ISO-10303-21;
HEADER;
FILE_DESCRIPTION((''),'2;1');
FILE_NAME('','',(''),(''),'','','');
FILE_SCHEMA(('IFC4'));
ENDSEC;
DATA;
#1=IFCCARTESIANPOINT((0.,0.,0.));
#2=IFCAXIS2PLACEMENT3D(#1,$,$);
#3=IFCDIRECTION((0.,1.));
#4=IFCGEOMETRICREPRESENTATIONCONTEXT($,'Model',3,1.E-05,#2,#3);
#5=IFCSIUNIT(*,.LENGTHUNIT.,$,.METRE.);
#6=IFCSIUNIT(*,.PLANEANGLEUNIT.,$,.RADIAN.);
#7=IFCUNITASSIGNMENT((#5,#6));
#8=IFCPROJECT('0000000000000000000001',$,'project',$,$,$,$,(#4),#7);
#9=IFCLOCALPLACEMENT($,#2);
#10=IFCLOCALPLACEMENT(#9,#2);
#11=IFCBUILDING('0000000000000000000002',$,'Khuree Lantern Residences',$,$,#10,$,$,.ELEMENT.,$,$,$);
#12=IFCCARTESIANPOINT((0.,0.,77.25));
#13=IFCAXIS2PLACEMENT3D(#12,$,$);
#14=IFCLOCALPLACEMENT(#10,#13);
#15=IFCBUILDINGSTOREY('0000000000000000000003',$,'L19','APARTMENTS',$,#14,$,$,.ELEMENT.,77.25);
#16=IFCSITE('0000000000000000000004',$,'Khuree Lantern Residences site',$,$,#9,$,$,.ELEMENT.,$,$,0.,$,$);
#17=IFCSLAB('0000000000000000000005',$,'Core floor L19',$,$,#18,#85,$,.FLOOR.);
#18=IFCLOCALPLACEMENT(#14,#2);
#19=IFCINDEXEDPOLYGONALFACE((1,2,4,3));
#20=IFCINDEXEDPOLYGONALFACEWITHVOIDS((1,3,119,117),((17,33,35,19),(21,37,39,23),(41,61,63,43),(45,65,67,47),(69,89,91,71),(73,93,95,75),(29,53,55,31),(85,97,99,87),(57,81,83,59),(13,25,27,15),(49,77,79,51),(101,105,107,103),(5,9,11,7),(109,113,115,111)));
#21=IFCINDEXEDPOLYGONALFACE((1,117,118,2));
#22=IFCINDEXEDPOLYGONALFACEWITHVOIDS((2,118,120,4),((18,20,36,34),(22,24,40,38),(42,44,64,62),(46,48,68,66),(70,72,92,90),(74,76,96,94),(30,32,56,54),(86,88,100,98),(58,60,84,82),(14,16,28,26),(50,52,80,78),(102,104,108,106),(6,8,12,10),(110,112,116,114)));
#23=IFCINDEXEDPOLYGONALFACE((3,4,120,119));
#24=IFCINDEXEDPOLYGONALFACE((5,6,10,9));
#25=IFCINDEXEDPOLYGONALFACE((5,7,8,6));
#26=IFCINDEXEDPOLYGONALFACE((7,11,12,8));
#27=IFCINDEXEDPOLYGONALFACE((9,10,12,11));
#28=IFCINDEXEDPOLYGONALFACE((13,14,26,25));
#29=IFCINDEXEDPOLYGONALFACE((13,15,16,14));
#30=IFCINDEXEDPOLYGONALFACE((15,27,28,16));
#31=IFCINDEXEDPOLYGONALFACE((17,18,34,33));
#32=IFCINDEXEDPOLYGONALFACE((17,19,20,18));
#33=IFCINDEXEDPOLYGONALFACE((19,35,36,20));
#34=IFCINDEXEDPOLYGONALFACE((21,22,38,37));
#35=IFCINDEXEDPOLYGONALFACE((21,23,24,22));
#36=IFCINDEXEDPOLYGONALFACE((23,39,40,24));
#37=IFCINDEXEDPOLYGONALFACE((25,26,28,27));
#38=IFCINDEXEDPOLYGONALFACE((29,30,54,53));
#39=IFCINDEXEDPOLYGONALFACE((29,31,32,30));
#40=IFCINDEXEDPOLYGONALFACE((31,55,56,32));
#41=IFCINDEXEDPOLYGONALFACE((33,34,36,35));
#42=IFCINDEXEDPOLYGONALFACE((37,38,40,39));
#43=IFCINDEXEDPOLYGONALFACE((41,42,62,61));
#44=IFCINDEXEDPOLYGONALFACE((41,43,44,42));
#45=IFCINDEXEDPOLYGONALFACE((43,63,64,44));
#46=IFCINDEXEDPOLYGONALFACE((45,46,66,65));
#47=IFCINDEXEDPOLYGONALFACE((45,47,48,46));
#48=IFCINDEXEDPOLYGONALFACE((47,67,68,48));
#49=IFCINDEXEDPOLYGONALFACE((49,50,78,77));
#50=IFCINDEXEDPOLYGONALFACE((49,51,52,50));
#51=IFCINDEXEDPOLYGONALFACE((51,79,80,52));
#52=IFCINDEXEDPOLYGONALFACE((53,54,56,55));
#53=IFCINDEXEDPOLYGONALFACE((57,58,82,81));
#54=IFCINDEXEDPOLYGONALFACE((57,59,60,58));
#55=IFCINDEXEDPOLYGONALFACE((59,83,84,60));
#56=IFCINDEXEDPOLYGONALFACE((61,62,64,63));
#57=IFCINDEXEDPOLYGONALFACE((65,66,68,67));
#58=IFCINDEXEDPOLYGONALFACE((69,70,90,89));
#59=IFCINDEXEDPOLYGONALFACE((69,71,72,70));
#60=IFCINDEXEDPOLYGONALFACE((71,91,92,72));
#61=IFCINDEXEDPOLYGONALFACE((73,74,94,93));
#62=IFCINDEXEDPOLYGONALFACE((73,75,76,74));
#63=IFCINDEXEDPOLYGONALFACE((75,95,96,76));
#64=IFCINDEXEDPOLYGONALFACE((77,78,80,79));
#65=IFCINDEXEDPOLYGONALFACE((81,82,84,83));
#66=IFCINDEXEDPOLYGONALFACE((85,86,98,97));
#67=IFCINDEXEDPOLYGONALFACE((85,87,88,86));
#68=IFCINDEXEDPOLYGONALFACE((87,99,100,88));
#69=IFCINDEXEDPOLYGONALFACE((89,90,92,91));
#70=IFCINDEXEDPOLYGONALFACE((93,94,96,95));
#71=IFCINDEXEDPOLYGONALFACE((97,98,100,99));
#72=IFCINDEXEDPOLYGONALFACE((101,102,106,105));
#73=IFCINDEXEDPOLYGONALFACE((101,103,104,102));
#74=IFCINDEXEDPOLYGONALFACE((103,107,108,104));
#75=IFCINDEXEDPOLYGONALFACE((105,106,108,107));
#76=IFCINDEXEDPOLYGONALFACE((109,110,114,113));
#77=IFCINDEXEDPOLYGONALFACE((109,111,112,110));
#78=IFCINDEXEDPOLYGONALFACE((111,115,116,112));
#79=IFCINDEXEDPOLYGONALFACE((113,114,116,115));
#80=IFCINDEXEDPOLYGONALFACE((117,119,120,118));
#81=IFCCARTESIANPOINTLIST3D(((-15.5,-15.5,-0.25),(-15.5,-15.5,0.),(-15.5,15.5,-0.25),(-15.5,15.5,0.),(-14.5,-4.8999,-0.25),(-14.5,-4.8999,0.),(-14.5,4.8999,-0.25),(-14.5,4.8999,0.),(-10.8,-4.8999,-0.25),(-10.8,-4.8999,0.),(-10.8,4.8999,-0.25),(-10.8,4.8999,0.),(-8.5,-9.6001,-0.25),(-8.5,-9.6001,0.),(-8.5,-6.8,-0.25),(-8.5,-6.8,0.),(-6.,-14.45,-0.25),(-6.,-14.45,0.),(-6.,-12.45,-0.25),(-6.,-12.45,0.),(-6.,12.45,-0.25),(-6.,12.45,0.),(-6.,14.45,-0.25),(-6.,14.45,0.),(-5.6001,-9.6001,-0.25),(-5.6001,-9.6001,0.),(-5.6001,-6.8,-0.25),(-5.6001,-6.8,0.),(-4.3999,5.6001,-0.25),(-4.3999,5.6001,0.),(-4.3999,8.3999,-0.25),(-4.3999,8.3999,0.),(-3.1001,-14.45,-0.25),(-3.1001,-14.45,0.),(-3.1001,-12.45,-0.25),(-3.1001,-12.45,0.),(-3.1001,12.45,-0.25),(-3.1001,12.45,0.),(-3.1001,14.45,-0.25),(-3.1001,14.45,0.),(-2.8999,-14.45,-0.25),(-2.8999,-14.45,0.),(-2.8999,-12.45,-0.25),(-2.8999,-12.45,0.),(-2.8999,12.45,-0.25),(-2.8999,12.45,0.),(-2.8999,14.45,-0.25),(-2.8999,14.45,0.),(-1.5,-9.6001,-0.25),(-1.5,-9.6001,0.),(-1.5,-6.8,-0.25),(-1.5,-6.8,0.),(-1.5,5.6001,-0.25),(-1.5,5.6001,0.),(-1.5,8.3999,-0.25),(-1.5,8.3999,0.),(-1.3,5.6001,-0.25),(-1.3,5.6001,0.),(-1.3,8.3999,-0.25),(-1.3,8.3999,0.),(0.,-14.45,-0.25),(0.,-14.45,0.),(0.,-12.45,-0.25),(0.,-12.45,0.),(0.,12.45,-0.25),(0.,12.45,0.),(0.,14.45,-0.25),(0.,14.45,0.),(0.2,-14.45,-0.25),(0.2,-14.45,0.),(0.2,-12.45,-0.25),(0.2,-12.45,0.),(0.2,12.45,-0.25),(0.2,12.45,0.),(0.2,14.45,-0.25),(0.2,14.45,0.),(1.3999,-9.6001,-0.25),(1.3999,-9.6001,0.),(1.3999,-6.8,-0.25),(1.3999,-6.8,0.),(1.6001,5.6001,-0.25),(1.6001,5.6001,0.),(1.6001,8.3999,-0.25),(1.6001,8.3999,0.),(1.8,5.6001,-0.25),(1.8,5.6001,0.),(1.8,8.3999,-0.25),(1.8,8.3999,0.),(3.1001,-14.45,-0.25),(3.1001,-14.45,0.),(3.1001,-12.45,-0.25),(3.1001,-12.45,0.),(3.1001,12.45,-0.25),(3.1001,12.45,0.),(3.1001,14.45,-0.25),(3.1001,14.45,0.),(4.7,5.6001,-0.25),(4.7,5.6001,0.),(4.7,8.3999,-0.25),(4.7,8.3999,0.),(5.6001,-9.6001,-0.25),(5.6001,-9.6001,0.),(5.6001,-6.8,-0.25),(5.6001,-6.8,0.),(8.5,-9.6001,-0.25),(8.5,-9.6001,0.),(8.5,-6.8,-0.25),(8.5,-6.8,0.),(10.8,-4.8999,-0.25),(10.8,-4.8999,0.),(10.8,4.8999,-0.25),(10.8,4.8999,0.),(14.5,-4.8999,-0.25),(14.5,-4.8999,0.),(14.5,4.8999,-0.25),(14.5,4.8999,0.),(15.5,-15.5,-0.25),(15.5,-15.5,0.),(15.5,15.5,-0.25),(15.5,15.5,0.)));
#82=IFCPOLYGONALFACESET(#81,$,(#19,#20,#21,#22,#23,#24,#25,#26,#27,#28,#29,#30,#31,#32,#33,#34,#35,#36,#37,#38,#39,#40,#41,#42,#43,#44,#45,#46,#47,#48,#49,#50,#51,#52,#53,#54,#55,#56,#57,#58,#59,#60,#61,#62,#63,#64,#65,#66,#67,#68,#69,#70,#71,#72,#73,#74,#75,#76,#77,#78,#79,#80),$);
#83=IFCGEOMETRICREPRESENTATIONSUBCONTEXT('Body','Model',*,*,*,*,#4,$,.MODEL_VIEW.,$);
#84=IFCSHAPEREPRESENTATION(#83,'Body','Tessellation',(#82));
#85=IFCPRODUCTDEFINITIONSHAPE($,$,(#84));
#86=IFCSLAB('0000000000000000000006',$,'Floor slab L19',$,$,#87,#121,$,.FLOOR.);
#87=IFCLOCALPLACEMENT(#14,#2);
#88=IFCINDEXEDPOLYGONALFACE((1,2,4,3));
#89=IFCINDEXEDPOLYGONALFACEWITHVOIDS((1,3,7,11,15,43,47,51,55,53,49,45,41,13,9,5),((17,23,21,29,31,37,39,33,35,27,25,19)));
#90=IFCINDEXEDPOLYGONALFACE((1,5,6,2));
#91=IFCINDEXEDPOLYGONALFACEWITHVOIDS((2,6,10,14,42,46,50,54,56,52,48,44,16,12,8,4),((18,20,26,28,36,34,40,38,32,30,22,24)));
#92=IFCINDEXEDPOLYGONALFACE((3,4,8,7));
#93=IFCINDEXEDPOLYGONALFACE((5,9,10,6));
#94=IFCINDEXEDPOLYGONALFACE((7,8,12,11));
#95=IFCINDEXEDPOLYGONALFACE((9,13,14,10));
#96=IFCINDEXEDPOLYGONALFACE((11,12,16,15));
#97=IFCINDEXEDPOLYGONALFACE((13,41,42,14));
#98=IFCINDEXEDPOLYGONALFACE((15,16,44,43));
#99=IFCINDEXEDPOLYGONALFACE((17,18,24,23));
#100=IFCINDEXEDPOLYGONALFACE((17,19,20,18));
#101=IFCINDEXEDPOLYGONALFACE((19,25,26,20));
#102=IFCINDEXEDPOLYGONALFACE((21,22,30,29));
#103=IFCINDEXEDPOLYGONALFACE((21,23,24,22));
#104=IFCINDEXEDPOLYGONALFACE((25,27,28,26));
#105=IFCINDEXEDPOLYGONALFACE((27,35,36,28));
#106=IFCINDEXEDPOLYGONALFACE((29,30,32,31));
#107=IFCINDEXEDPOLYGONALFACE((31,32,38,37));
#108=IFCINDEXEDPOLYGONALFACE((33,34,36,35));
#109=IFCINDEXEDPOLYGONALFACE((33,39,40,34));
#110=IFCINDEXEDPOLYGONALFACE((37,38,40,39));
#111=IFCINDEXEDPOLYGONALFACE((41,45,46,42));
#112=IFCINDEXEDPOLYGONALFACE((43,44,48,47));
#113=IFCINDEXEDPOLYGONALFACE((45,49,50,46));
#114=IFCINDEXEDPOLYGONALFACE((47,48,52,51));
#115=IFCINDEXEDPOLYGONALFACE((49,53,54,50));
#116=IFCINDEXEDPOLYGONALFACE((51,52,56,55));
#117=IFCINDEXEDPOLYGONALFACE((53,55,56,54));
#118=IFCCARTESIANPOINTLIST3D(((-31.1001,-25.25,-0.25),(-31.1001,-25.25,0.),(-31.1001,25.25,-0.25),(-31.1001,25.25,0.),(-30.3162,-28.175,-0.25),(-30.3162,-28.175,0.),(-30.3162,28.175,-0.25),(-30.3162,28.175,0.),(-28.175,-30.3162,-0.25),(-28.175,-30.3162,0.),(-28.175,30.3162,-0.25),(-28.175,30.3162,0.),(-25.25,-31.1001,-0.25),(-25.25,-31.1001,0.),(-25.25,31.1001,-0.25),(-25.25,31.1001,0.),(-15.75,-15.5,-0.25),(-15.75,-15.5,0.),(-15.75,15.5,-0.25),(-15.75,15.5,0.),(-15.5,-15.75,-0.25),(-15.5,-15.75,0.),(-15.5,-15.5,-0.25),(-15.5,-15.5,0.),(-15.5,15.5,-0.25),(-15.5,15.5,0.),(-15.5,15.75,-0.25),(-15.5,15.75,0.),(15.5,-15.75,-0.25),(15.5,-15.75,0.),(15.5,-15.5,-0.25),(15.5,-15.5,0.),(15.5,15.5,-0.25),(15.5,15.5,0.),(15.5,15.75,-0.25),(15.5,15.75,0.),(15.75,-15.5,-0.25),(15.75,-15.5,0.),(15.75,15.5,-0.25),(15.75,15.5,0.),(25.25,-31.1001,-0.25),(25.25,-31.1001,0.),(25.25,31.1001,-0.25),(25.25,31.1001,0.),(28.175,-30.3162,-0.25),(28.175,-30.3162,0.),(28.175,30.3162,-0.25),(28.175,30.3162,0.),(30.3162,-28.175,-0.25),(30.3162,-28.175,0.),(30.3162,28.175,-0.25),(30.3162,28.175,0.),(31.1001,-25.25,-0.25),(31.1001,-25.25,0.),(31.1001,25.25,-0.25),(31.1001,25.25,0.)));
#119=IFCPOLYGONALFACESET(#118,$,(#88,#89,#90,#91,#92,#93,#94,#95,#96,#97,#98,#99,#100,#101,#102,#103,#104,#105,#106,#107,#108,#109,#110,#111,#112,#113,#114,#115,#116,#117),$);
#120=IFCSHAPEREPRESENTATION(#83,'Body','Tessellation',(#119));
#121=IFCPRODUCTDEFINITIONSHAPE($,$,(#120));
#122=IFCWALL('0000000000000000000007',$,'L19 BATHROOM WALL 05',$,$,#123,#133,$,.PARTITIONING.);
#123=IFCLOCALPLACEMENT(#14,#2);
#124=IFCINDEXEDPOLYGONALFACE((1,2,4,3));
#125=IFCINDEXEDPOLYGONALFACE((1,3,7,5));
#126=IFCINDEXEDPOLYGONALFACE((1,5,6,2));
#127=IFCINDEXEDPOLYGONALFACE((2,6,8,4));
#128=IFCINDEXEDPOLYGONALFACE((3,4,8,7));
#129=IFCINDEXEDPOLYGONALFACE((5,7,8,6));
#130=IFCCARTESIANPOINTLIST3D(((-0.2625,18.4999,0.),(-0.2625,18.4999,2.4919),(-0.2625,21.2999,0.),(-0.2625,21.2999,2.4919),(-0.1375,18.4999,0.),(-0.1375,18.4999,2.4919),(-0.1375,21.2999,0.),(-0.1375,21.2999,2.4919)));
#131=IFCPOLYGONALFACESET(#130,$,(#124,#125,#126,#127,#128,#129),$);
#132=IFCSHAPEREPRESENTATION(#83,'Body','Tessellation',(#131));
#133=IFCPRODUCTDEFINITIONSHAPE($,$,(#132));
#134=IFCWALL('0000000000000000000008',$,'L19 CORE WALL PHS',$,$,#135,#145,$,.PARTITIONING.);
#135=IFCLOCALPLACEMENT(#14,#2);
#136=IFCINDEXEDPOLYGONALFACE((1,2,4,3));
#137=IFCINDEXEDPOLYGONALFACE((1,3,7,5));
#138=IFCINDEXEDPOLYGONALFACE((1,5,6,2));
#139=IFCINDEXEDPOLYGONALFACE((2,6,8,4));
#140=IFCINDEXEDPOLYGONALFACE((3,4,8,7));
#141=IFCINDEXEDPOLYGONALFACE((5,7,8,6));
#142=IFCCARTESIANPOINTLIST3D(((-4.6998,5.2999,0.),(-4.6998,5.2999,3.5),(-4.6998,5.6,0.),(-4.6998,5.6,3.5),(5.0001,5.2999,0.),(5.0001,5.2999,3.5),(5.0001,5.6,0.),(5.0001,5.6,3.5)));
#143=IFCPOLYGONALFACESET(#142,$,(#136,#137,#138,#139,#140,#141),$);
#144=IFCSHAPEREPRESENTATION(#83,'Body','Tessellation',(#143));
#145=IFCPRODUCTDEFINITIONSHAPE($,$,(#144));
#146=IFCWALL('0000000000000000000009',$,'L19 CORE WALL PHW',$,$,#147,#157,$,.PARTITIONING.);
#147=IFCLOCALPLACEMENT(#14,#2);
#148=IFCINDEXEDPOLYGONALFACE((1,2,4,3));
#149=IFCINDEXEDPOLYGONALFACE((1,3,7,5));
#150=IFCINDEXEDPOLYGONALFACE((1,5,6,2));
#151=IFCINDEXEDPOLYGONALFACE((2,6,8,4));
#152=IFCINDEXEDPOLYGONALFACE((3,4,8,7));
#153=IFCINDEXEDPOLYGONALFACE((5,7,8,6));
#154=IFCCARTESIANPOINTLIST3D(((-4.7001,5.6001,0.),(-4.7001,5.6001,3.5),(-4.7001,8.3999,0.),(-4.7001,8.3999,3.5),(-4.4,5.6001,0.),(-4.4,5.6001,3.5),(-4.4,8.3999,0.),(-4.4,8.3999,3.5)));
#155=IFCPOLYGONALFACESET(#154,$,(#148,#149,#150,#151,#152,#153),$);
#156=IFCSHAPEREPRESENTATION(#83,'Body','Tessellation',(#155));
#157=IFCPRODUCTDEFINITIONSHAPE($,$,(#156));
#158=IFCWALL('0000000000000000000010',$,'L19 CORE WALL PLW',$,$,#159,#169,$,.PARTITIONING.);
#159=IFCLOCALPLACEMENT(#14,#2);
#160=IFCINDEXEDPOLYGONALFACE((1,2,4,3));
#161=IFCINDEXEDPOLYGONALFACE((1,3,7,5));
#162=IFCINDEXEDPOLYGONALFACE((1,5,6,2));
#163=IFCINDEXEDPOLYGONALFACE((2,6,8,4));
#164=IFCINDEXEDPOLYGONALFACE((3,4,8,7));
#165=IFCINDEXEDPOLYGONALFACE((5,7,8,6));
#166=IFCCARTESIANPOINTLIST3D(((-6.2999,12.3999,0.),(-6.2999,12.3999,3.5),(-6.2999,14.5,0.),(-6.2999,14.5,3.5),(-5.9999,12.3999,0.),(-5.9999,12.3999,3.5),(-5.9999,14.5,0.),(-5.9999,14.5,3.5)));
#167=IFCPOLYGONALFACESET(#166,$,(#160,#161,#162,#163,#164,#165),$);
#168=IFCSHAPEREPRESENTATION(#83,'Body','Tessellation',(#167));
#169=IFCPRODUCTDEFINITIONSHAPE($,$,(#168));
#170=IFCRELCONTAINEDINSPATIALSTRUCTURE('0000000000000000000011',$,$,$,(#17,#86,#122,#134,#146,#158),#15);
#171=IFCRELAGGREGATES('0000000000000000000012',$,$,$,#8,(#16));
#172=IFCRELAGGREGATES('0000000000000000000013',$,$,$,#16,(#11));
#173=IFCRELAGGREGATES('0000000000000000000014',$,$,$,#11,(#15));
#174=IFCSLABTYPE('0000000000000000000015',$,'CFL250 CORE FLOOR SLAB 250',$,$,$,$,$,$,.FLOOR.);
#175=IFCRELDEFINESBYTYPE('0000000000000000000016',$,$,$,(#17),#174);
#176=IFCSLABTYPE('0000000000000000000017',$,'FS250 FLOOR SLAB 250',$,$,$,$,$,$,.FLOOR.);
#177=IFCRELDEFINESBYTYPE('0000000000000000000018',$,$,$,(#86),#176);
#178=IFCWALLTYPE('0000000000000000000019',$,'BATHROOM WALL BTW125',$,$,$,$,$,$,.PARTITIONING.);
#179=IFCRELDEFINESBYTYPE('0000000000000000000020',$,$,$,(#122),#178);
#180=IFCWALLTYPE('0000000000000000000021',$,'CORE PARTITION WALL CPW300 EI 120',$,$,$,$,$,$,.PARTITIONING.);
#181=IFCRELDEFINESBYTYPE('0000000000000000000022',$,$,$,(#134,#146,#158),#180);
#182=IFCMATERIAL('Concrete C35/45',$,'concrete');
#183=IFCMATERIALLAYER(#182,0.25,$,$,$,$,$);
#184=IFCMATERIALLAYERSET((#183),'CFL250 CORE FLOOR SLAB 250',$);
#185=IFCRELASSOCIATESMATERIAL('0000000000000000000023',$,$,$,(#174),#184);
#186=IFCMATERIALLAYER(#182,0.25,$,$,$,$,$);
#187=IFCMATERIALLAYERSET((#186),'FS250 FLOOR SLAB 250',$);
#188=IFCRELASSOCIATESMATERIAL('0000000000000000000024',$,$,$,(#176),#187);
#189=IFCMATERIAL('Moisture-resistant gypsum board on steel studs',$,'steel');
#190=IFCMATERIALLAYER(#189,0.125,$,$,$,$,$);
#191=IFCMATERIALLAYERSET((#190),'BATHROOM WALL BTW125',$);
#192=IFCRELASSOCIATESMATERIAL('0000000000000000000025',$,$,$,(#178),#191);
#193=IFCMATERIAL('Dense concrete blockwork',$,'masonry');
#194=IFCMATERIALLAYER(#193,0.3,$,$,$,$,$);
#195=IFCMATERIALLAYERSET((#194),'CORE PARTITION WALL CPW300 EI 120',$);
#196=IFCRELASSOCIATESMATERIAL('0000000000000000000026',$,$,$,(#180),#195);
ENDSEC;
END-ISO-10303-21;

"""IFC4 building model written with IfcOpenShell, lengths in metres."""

from ifc_helpers import new_model, si_unit, direction, frame, frame_2d, origin, place, context, subcontext, project, spatial, polyline, rectangle, outline, extrude, material, layer, layer_set, type_object, element, save


model = new_model("IFC4")

# Units and contexts
model_context = context("Model", 3, precision=1e-05, world=origin(), true_north=direction((0.0, 1.0)))
body_context = subcontext(model_context, "Body", "Model", "MODEL_VIEW")
ifc_project = project(units=[si_unit("LENGTHUNIT", "METRE"), si_unit("PLANEANGLEUNIT", "RADIAN")], contexts=[model_context])

# Site, building, storey
site_placement = place(None, origin())
site = spatial("IfcSite", under=ifc_project, at=site_placement, Name="Khuree Lantern Residences site", CompositionType="ELEMENT", RefElevation=0.0)
building_placement = place(site_placement, origin())
building = spatial("IfcBuilding", under=site, at=building_placement, Name="Khuree Lantern Residences", CompositionType="ELEMENT")
storey_placement = place(building_placement, frame((0.0, 0.0, 77.25)))
storey = spatial("IfcBuildingStorey", under=building, at=storey_placement, Name="L19", Description="APARTMENTS", CompositionType="ELEMENT", Elevation=77.25)

# Slabs
ifc_material_1 = material(Name="Concrete C35/45", Category="concrete")
ifc_layer_1 = layer(ifc_material_1, 0.25)
ifc_layer_set_1 = layer_set([ifc_layer_1], Name="CFL250 CORE FLOOR SLAB 250")
slab_type_1 = type_object("IfcSlabType", Name="CFL250 CORE FLOOR SLAB 250", PredefinedType="FLOOR", material=ifc_layer_set_1)
slab_1_placement = place(storey_placement, frame((0.0, 0.0, -0.25)))
element("IfcSlab", 1, at=slab_1_placement, inside=storey, type_object=slab_type_1, Name="Core floor L19", PredefinedType="FLOOR", context=body_context, shape_type="SweptSolid", body=[
    extrude(outline(polyline([(-15.5, -15.5), (-15.5, 15.5), (15.5, 15.5), (15.5, -15.5), (-15.5, -15.5)]), holes=[polyline([(14.5, 4.8999), (10.8, 4.8999), (10.8, -4.8999), (14.5, -4.8999), (14.5, 4.8999)]), polyline([(8.5, -6.8), (5.6001, -6.8), (5.6001, -9.6001), (8.5, -9.6001), (8.5, -6.8)]), polyline([(4.7, 8.3999), (1.8, 8.3999), (1.8, 5.6001), (4.7, 5.6001), (4.7, 8.3999)]), polyline([(0.2, -12.45), (0.2, -14.45), (3.1001, -14.45), (3.1001, -12.45), (0.2, -12.45)]), polyline([(3.1001, 14.45), (0.2, 14.45), (0.2, 12.45), (3.1001, 12.45), (3.1001, 14.45)]), polyline([(1.6001, 8.3999), (-1.3, 8.3999), (-1.3, 5.6001), (1.6001, 5.6001), (1.6001, 8.3999)]), polyline([(1.3999, -6.8), (-1.5, -6.8), (-1.5, -9.6001), (1.3999, -9.6001), (1.3999, -6.8)]), polyline([(0.0, -12.45), (-2.8999, -12.45), (-2.8999, -14.45), (0.0, -14.45), (0.0, -12.45)]), polyline([(0.0, 14.45), (-2.8999, 14.45), (-2.8999, 12.45), (0.0, 12.45), (0.0, 14.45)]), polyline([(-1.5, 8.3999), (-4.3999, 8.3999), (-4.3999, 5.6001), (-1.5, 5.6001), (-1.5, 8.3999)]), polyline([(-6.0, -12.45), (-6.0, -14.45), (-3.1001, -14.45), (-3.1001, -12.45), (-6.0, -12.45)]), polyline([(-3.1001, 14.45), (-6.0, 14.45), (-6.0, 12.45), (-3.1001, 12.45), (-3.1001, 14.45)]), polyline([(-5.6001, -6.8), (-8.5, -6.8), (-8.5, -9.6001), (-5.6001, -9.6001), (-5.6001, -6.8)]), polyline([(-10.8, 4.8999), (-14.5, 4.8999), (-14.5, -4.8999), (-10.8, -4.8999), (-10.8, 4.8999)])]), origin(), (0.0, 0.0, 1.0), 0.25),
])
ifc_layer_2 = layer(ifc_material_1, 0.25)
ifc_layer_set_2 = layer_set([ifc_layer_2], Name="FS250 FLOOR SLAB 250")
slab_type_2 = type_object("IfcSlabType", Name="FS250 FLOOR SLAB 250", PredefinedType="FLOOR", material=ifc_layer_set_2)
slab_2_placement = place(storey_placement, frame((0.0, 0.0, -0.25)))
element("IfcSlab", 2, at=slab_2_placement, inside=storey, type_object=slab_type_2, Name="Floor slab L19", PredefinedType="FLOOR", context=body_context, shape_type="SweptSolid", body=[
    extrude(outline(polyline([(-28.175, -30.3162), (-30.3162, -28.175), (-31.1001, -25.25), (-31.1001, 25.25), (-30.3162, 28.175), (-28.175, 30.3162), (-25.25, 31.1001), (25.25, 31.1001), (28.175, 30.3162), (30.3162, 28.175), (31.1001, 25.25), (31.1001, -25.25), (30.3162, -28.175), (28.175, -30.3162), (25.25, -31.1001), (-25.25, -31.1001), (-28.175, -30.3162)]), holes=[polyline([(15.75, 15.5), (15.5, 15.5), (15.5, 15.75), (-15.5, 15.75), (-15.5, 15.5), (-15.75, 15.5), (-15.75, -15.5), (-15.5, -15.5), (-15.5, -15.75), (15.5, -15.75), (15.5, -15.5), (15.75, -15.5), (15.75, 15.5)])]), origin(), (0.0, 0.0, 1.0), 0.25),
])

# Walls
ifc_material_2 = material(Name="Moisture-resistant gypsum board on steel studs", Category="steel")
ifc_layer_3 = layer(ifc_material_2, 0.125)
ifc_layer_set_3 = layer_set([ifc_layer_3], Name="BATHROOM WALL BTW125")
wall_type_1 = type_object("IfcWallType", Name="BATHROOM WALL BTW125", PredefinedType="PARTITIONING", material=ifc_layer_set_3)
wall_1_placement = place(storey_placement, frame((-0.2, 18.5, 0.0), z_axis=(0.0, 0.0, 1.0), x_axis=(0.0, 1.0, 0.0)))
element("IfcWall", 3, at=wall_1_placement, inside=storey, type_object=wall_type_1, Name="L19 BATHROOM WALL 05", PredefinedType="PARTITIONING", context=body_context, shape_type="SweptSolid", body=[
    extrude(rectangle(XDim=2.8, YDim=0.125, at=frame_2d((1.3999, 0.0))), origin(), (0.0, 0.0, 1.0), 2.4919),
])
ifc_material_3 = material(Name="Dense concrete blockwork", Category="masonry")
ifc_layer_4 = layer(ifc_material_3, 0.3)
ifc_layer_set_4 = layer_set([ifc_layer_4], Name="CORE PARTITION WALL CPW300 EI 120")
wall_type_2 = type_object("IfcWallType", Name="CORE PARTITION WALL CPW300 EI 120", PredefinedType="PARTITIONING", material=ifc_layer_set_4)
wall_2_placement = place(storey_placement, frame((-4.7, 5.45, 0.0), z_axis=(0.0, 0.0, 1.0), x_axis=(1.0, 0.0, 0.0)))
element("IfcWall", 4, at=wall_2_placement, inside=storey, type_object=wall_type_2, Name="L19 CORE WALL PHS", PredefinedType="PARTITIONING", context=body_context, shape_type="SweptSolid", body=[
    extrude(rectangle(XDim=9.7, YDim=0.3, at=frame_2d((4.8501, 0.0))), origin(), (0.0, 0.0, 1.0), 3.5),
])
wall_3_placement = place(storey_placement, frame((-4.55, 5.6001, 0.0), z_axis=(0.0, 0.0, 1.0), x_axis=(0.0, 1.0, 0.0)))
element("IfcWall", 5, at=wall_3_placement, inside=storey, type_object=wall_type_2, Name="L19 CORE WALL PHW", PredefinedType="PARTITIONING", context=body_context, shape_type="SweptSolid", body=[
    extrude(rectangle(XDim=2.7998, YDim=0.3, at=frame_2d((1.3999, 0.0))), origin(), (0.0, 0.0, 1.0), 3.5),
])
wall_4_placement = place(storey_placement, frame((-6.1499, 12.3999, 0.0), z_axis=(0.0, 0.0, 1.0), x_axis=(0.0, 1.0, 0.0)))
element("IfcWall", 6, at=wall_4_placement, inside=storey, type_object=wall_type_2, Name="L19 CORE WALL PLW", PredefinedType="PARTITIONING", context=body_context, shape_type="SweptSolid", body=[
    extrude(rectangle(XDim=2.1001, YDim=0.3, at=frame_2d((1.05, 0.0))), origin(), (0.0, 0.0, 1.0), 3.5),
])

save(model, "model.ifc")
